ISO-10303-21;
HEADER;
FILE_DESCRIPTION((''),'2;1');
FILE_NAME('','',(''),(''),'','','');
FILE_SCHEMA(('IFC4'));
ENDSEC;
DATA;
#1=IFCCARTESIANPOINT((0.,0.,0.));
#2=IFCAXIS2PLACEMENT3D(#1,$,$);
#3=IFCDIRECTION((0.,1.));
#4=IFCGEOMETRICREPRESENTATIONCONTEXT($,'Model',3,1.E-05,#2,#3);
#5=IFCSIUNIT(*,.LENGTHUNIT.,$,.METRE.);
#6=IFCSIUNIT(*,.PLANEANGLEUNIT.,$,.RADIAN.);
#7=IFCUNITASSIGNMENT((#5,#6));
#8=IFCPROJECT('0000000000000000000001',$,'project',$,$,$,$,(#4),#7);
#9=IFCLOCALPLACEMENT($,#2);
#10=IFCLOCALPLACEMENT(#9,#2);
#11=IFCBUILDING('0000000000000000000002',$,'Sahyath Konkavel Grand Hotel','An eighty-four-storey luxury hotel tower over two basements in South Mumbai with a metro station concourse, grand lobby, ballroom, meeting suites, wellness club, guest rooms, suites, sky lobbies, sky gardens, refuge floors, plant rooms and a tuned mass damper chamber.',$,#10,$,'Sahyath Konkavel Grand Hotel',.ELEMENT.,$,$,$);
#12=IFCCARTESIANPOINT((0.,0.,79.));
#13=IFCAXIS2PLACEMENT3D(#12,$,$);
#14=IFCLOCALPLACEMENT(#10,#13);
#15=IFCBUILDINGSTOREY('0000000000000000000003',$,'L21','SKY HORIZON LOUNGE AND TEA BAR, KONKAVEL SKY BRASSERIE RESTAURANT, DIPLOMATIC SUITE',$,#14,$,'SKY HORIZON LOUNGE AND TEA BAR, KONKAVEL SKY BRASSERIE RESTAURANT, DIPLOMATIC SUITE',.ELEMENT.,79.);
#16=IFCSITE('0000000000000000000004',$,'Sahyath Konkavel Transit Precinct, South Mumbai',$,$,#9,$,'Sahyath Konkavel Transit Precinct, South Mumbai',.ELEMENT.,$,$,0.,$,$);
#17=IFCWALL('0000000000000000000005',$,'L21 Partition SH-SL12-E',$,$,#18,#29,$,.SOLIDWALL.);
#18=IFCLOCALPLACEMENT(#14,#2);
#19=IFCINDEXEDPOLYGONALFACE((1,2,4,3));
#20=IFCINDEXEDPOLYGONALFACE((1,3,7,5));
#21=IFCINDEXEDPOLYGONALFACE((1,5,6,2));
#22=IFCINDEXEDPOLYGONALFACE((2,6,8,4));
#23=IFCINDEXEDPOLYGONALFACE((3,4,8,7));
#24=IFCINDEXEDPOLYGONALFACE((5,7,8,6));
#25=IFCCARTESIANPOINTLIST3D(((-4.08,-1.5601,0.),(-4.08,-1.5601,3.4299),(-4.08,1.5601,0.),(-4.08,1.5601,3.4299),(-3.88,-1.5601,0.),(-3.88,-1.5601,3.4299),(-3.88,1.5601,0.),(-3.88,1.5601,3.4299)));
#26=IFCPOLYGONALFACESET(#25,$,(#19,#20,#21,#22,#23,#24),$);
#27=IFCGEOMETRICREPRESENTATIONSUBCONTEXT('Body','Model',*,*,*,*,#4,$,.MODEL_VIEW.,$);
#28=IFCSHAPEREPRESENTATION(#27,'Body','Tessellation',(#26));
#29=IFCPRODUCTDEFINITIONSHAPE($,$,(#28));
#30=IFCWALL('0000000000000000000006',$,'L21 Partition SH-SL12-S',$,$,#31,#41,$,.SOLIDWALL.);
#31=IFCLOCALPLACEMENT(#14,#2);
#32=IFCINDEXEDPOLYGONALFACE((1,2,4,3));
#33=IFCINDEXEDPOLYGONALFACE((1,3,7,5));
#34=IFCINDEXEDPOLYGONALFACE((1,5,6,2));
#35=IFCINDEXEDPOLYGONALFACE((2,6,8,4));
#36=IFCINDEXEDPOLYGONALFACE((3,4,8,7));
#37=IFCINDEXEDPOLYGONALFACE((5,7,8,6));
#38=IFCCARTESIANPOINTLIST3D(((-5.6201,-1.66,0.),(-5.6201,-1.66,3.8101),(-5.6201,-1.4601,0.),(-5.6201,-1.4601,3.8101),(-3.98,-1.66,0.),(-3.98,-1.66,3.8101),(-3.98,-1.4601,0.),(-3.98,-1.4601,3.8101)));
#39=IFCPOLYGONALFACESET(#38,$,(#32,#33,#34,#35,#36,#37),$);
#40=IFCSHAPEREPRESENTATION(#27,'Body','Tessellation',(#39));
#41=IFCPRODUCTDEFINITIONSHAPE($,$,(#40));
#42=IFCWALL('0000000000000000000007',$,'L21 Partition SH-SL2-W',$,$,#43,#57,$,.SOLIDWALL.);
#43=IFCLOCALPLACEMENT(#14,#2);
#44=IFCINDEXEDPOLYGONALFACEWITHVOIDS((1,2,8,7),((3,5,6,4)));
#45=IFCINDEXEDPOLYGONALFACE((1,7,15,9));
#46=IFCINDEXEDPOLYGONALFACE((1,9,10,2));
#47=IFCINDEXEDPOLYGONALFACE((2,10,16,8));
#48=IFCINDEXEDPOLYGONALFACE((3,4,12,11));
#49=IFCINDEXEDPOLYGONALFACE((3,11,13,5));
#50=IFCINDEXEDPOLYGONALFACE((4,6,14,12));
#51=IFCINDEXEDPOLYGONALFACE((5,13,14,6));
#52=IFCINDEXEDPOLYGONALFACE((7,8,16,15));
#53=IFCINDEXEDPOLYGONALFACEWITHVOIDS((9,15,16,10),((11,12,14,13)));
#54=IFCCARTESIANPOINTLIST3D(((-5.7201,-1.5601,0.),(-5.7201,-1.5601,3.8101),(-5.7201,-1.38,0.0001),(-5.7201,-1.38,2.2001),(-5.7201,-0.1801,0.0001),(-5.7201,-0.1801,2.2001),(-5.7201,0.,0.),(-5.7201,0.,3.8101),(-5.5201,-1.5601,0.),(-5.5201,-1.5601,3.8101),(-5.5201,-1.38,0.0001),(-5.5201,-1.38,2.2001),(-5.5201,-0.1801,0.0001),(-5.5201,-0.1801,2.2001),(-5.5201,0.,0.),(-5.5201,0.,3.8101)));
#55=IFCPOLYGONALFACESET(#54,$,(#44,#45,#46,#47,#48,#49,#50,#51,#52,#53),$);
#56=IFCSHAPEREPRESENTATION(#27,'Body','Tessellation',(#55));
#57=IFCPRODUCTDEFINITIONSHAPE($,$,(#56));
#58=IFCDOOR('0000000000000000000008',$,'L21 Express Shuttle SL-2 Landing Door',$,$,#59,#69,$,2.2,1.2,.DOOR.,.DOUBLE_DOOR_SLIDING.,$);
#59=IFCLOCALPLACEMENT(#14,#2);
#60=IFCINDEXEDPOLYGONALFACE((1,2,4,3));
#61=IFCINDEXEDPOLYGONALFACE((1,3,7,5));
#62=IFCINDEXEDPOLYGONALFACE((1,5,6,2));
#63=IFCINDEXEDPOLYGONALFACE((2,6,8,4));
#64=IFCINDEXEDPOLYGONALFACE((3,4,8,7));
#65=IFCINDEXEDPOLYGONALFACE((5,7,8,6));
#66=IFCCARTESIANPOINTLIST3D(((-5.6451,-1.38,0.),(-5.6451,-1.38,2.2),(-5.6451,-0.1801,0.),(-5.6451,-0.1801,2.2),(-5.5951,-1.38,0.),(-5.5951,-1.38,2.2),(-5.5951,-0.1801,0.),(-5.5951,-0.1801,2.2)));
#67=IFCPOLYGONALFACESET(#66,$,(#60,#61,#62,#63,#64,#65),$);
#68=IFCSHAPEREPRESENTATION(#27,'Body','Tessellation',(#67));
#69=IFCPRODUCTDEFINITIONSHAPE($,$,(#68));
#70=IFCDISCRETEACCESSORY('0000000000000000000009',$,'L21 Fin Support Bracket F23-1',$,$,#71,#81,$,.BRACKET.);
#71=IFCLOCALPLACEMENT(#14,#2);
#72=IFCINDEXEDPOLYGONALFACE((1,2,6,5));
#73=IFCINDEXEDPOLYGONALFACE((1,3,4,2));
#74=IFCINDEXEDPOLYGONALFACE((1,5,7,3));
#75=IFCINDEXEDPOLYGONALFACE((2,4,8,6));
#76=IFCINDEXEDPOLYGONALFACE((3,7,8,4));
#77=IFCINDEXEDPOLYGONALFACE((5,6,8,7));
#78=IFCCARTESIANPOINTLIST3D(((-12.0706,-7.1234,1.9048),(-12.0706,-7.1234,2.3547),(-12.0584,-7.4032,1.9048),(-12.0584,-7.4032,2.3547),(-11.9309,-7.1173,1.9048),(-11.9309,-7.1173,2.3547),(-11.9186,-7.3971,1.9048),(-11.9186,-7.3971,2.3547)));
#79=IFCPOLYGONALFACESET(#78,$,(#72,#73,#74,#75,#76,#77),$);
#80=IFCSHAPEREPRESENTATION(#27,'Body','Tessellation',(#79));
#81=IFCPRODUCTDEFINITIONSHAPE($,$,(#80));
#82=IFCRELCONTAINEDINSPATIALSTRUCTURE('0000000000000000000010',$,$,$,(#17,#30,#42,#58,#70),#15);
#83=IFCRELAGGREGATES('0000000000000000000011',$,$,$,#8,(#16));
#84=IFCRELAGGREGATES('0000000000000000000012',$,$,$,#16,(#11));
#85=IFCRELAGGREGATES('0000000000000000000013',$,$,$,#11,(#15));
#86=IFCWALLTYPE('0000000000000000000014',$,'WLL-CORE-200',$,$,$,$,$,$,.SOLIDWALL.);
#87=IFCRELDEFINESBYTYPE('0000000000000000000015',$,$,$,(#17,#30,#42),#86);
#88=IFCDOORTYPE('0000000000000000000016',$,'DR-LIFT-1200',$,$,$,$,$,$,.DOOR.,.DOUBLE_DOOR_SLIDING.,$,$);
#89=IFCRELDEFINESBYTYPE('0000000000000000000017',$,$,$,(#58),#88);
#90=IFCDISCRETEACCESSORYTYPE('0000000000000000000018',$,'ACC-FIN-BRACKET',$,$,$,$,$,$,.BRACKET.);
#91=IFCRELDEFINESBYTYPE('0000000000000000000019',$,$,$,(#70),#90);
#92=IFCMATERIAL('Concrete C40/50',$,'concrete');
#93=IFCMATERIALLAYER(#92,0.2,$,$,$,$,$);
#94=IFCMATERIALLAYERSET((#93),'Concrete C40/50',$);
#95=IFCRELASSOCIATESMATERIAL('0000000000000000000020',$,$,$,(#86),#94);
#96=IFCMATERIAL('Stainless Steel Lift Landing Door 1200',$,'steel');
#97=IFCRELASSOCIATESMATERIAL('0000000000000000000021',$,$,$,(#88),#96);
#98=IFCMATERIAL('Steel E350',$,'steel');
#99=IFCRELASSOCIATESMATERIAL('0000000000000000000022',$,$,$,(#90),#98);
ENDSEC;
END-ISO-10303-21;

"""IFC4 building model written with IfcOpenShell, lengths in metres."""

from ifc_helpers import new_model, si_unit, direction, frame, frame_2d, origin, origin_2d, place, context, subcontext, project, spatial, rectangle, extrude, source, transform, mapped, material, layer, layer_set, type_object, element, fill, save


model = new_model("IFC4")

# Units and contexts
model_context = context("Model", 3, precision=1e-05, world=origin(), true_north=direction((0.0, 1.0)))
body_context = subcontext(model_context, "Body", "Model", "MODEL_VIEW")
ifc_project = project(units=[si_unit("LENGTHUNIT", "METRE"), si_unit("PLANEANGLEUNIT", "RADIAN")], contexts=[model_context])

# Site, building, storey
site_placement = place(None, origin())
site = spatial("IfcSite", under=ifc_project, at=site_placement, Name="Sahyath Konkavel Transit Precinct, South Mumbai", LongName="Sahyath Konkavel Transit Precinct, South Mumbai", CompositionType="ELEMENT", RefElevation=0.0)
building_placement = place(site_placement, origin())
building = spatial("IfcBuilding", under=site, at=building_placement, Name="Sahyath Konkavel Grand Hotel", Description="An eighty-four-storey luxury hotel tower over two basements in South Mumbai with a metro station concourse, grand lobby, ballroom, meeting suites, wellness club, guest rooms, suites, sky lobbies, sky gardens, refuge floors, plant rooms and a tuned mass damper chamber.", LongName="Sahyath Konkavel Grand Hotel", CompositionType="ELEMENT")
storey_placement = place(building_placement, frame((0.0, 0.0, 79.0)))
storey = spatial("IfcBuildingStorey", under=building, at=storey_placement, Name="L21", Description="SKY HORIZON LOUNGE AND TEA BAR, KONKAVEL SKY BRASSERIE RESTAURANT, DIPLOMATIC SUITE", LongName="SKY HORIZON LOUNGE AND TEA BAR, KONKAVEL SKY BRASSERIE RESTAURANT, DIPLOMATIC SUITE", CompositionType="ELEMENT", Elevation=79.0)

# Shared definitions
ifc_material_1 = material(Name="Steel E350", Category="steel")

# Shared definitions
ifc_material_2 = material(Name="Concrete C40/50", Category="concrete")
ifc_layer_1 = layer(ifc_material_2, 0.2)
ifc_layer_set_1 = layer_set([ifc_layer_1], Name="Concrete C40/50")
wall_type_1 = type_object("IfcWallType", Name="WLL-CORE-200", PredefinedType="SOLIDWALL", material=ifc_layer_set_1)

# Shared definitions
ifc_material_3 = material(Name="Stainless Steel Lift Landing Door 1200", Category="steel")
door_type_1 = type_object("IfcDoorType", Name="DR-LIFT-1200", OperationType="DOUBLE_DOOR_SLIDING", PredefinedType="DOOR", material=ifc_material_3)
shared_shape_1 = source(origin(), body_context, "Body", "SweptSolid", [
    extrude(rectangle(XDim=1.2, YDim=0.05, at=origin_2d()), origin(), (0.0, 0.0, 1.0), 2.2),
])

# Walls
wall_1_placement = place(storey_placement, frame((-3.98, -1.5601, 0.0), z_axis=(0.0, 0.0, 1.0), x_axis=(0.0, 1.0, 0.0)))
element("IfcWall", 1, at=wall_1_placement, inside=storey, type_object=wall_type_1, Name="L21 Partition SH-SL12-E", PredefinedType="SOLIDWALL", context=body_context, shape_type="SweptSolid", body=[
    extrude(rectangle(XDim=3.1201, YDim=0.2, at=frame_2d((1.5601, 0.0))), origin(), (0.0, 0.0, 1.0), 3.4299),
])
wall_2_placement = place(storey_placement, frame((-5.6201, -1.5601, 0.0), z_axis=(0.0, 0.0, 1.0), x_axis=(1.0, 0.0, 0.0)))
element("IfcWall", 2, at=wall_2_placement, inside=storey, type_object=wall_type_1, Name="L21 Partition SH-SL12-S", PredefinedType="SOLIDWALL", context=body_context, shape_type="SweptSolid", body=[
    extrude(rectangle(XDim=1.6401, YDim=0.2, at=frame_2d((0.8201, 0.0))), origin(), (0.0, 0.0, 1.0), 3.8101),
])

# Wall, opening, door
wall_3_placement = place(storey_placement, frame((-5.6201, -1.5601, 0.0), z_axis=(0.0, 0.0, 1.0), x_axis=(0.0, 1.0, 0.0)))
wall_3 = element("IfcWall", 3, at=wall_3_placement, inside=storey, type_object=wall_type_1, Name="L21 Partition SH-SL2-W", PredefinedType="SOLIDWALL", context=body_context, shape_type="SweptSolid", body=[
    extrude(rectangle(XDim=1.5601, YDim=0.2, at=frame_2d((0.78, 0.0))), origin(), (0.0, 0.0, 1.0), 3.8101),
])
opening_1_placement = place(wall_3_placement, frame((0.1799, 0.0, 0.0)))
opening_1 = element("IfcOpeningElement", 4, at=opening_1_placement, cuts=wall_3, PredefinedType="OPENING", context=body_context, shape_type="SweptSolid", body=[
    extrude(rectangle(XDim=1.2, YDim=2.2, at=frame_2d((0.6001, 1.1001))), frame((0.0, 0.1099, 0.0), z_axis=(0.0, -1.0, 0.0), x_axis=(1.0, 0.0, 0.0)), (0.0, 0.0, 1.0), 0.22),
])
door_1_placement = place(opening_1_placement, frame((0.6001, 0.0, 0.0)))
door_1 = element("IfcDoor", 5, at=door_1_placement, inside=storey, type_object=door_type_1, Name="L21 Express Shuttle SL-2 Landing Door", OperationType="DOUBLE_DOOR_SLIDING", OverallHeight=2.2, OverallWidth=1.2, PredefinedType="DOOR", context=body_context, shape_type="MappedRepresentation", body=[
    mapped(shared_shape_1, transform((0.0, 0.0, 0.0), scale=1.0)),
])
fill(opening_1, door_1)

# Discrete accessory
discrete_accessory_type = type_object("IfcDiscreteAccessoryType", Name="ACC-FIN-BRACKET", PredefinedType="BRACKET", material=ifc_material_1)
shared_shape_2 = source(origin(), body_context, "Body", "SweptSolid", [
    extrude(rectangle(XDim=0.28, YDim=0.1399, at=origin_2d()), origin(), (0.0, 0.0, 1.0), 0.45),
])
discrete_accessory_placement = place(storey_placement, frame((-11.9946, -7.2603, 1.9048), z_axis=(0.0, 0.0, 1.0), x_axis=(0.043619, -0.999048, 0.0)))
element("IfcDiscreteAccessory", 6, at=discrete_accessory_placement, inside=storey, type_object=discrete_accessory_type, Name="L21 Fin Support Bracket F23-1", PredefinedType="BRACKET", context=body_context, shape_type="MappedRepresentation", body=[
    mapped(shared_shape_2, transform((0.0, 0.0, 0.0), scale=1.0)),
])

save(model, "model.ifc")
